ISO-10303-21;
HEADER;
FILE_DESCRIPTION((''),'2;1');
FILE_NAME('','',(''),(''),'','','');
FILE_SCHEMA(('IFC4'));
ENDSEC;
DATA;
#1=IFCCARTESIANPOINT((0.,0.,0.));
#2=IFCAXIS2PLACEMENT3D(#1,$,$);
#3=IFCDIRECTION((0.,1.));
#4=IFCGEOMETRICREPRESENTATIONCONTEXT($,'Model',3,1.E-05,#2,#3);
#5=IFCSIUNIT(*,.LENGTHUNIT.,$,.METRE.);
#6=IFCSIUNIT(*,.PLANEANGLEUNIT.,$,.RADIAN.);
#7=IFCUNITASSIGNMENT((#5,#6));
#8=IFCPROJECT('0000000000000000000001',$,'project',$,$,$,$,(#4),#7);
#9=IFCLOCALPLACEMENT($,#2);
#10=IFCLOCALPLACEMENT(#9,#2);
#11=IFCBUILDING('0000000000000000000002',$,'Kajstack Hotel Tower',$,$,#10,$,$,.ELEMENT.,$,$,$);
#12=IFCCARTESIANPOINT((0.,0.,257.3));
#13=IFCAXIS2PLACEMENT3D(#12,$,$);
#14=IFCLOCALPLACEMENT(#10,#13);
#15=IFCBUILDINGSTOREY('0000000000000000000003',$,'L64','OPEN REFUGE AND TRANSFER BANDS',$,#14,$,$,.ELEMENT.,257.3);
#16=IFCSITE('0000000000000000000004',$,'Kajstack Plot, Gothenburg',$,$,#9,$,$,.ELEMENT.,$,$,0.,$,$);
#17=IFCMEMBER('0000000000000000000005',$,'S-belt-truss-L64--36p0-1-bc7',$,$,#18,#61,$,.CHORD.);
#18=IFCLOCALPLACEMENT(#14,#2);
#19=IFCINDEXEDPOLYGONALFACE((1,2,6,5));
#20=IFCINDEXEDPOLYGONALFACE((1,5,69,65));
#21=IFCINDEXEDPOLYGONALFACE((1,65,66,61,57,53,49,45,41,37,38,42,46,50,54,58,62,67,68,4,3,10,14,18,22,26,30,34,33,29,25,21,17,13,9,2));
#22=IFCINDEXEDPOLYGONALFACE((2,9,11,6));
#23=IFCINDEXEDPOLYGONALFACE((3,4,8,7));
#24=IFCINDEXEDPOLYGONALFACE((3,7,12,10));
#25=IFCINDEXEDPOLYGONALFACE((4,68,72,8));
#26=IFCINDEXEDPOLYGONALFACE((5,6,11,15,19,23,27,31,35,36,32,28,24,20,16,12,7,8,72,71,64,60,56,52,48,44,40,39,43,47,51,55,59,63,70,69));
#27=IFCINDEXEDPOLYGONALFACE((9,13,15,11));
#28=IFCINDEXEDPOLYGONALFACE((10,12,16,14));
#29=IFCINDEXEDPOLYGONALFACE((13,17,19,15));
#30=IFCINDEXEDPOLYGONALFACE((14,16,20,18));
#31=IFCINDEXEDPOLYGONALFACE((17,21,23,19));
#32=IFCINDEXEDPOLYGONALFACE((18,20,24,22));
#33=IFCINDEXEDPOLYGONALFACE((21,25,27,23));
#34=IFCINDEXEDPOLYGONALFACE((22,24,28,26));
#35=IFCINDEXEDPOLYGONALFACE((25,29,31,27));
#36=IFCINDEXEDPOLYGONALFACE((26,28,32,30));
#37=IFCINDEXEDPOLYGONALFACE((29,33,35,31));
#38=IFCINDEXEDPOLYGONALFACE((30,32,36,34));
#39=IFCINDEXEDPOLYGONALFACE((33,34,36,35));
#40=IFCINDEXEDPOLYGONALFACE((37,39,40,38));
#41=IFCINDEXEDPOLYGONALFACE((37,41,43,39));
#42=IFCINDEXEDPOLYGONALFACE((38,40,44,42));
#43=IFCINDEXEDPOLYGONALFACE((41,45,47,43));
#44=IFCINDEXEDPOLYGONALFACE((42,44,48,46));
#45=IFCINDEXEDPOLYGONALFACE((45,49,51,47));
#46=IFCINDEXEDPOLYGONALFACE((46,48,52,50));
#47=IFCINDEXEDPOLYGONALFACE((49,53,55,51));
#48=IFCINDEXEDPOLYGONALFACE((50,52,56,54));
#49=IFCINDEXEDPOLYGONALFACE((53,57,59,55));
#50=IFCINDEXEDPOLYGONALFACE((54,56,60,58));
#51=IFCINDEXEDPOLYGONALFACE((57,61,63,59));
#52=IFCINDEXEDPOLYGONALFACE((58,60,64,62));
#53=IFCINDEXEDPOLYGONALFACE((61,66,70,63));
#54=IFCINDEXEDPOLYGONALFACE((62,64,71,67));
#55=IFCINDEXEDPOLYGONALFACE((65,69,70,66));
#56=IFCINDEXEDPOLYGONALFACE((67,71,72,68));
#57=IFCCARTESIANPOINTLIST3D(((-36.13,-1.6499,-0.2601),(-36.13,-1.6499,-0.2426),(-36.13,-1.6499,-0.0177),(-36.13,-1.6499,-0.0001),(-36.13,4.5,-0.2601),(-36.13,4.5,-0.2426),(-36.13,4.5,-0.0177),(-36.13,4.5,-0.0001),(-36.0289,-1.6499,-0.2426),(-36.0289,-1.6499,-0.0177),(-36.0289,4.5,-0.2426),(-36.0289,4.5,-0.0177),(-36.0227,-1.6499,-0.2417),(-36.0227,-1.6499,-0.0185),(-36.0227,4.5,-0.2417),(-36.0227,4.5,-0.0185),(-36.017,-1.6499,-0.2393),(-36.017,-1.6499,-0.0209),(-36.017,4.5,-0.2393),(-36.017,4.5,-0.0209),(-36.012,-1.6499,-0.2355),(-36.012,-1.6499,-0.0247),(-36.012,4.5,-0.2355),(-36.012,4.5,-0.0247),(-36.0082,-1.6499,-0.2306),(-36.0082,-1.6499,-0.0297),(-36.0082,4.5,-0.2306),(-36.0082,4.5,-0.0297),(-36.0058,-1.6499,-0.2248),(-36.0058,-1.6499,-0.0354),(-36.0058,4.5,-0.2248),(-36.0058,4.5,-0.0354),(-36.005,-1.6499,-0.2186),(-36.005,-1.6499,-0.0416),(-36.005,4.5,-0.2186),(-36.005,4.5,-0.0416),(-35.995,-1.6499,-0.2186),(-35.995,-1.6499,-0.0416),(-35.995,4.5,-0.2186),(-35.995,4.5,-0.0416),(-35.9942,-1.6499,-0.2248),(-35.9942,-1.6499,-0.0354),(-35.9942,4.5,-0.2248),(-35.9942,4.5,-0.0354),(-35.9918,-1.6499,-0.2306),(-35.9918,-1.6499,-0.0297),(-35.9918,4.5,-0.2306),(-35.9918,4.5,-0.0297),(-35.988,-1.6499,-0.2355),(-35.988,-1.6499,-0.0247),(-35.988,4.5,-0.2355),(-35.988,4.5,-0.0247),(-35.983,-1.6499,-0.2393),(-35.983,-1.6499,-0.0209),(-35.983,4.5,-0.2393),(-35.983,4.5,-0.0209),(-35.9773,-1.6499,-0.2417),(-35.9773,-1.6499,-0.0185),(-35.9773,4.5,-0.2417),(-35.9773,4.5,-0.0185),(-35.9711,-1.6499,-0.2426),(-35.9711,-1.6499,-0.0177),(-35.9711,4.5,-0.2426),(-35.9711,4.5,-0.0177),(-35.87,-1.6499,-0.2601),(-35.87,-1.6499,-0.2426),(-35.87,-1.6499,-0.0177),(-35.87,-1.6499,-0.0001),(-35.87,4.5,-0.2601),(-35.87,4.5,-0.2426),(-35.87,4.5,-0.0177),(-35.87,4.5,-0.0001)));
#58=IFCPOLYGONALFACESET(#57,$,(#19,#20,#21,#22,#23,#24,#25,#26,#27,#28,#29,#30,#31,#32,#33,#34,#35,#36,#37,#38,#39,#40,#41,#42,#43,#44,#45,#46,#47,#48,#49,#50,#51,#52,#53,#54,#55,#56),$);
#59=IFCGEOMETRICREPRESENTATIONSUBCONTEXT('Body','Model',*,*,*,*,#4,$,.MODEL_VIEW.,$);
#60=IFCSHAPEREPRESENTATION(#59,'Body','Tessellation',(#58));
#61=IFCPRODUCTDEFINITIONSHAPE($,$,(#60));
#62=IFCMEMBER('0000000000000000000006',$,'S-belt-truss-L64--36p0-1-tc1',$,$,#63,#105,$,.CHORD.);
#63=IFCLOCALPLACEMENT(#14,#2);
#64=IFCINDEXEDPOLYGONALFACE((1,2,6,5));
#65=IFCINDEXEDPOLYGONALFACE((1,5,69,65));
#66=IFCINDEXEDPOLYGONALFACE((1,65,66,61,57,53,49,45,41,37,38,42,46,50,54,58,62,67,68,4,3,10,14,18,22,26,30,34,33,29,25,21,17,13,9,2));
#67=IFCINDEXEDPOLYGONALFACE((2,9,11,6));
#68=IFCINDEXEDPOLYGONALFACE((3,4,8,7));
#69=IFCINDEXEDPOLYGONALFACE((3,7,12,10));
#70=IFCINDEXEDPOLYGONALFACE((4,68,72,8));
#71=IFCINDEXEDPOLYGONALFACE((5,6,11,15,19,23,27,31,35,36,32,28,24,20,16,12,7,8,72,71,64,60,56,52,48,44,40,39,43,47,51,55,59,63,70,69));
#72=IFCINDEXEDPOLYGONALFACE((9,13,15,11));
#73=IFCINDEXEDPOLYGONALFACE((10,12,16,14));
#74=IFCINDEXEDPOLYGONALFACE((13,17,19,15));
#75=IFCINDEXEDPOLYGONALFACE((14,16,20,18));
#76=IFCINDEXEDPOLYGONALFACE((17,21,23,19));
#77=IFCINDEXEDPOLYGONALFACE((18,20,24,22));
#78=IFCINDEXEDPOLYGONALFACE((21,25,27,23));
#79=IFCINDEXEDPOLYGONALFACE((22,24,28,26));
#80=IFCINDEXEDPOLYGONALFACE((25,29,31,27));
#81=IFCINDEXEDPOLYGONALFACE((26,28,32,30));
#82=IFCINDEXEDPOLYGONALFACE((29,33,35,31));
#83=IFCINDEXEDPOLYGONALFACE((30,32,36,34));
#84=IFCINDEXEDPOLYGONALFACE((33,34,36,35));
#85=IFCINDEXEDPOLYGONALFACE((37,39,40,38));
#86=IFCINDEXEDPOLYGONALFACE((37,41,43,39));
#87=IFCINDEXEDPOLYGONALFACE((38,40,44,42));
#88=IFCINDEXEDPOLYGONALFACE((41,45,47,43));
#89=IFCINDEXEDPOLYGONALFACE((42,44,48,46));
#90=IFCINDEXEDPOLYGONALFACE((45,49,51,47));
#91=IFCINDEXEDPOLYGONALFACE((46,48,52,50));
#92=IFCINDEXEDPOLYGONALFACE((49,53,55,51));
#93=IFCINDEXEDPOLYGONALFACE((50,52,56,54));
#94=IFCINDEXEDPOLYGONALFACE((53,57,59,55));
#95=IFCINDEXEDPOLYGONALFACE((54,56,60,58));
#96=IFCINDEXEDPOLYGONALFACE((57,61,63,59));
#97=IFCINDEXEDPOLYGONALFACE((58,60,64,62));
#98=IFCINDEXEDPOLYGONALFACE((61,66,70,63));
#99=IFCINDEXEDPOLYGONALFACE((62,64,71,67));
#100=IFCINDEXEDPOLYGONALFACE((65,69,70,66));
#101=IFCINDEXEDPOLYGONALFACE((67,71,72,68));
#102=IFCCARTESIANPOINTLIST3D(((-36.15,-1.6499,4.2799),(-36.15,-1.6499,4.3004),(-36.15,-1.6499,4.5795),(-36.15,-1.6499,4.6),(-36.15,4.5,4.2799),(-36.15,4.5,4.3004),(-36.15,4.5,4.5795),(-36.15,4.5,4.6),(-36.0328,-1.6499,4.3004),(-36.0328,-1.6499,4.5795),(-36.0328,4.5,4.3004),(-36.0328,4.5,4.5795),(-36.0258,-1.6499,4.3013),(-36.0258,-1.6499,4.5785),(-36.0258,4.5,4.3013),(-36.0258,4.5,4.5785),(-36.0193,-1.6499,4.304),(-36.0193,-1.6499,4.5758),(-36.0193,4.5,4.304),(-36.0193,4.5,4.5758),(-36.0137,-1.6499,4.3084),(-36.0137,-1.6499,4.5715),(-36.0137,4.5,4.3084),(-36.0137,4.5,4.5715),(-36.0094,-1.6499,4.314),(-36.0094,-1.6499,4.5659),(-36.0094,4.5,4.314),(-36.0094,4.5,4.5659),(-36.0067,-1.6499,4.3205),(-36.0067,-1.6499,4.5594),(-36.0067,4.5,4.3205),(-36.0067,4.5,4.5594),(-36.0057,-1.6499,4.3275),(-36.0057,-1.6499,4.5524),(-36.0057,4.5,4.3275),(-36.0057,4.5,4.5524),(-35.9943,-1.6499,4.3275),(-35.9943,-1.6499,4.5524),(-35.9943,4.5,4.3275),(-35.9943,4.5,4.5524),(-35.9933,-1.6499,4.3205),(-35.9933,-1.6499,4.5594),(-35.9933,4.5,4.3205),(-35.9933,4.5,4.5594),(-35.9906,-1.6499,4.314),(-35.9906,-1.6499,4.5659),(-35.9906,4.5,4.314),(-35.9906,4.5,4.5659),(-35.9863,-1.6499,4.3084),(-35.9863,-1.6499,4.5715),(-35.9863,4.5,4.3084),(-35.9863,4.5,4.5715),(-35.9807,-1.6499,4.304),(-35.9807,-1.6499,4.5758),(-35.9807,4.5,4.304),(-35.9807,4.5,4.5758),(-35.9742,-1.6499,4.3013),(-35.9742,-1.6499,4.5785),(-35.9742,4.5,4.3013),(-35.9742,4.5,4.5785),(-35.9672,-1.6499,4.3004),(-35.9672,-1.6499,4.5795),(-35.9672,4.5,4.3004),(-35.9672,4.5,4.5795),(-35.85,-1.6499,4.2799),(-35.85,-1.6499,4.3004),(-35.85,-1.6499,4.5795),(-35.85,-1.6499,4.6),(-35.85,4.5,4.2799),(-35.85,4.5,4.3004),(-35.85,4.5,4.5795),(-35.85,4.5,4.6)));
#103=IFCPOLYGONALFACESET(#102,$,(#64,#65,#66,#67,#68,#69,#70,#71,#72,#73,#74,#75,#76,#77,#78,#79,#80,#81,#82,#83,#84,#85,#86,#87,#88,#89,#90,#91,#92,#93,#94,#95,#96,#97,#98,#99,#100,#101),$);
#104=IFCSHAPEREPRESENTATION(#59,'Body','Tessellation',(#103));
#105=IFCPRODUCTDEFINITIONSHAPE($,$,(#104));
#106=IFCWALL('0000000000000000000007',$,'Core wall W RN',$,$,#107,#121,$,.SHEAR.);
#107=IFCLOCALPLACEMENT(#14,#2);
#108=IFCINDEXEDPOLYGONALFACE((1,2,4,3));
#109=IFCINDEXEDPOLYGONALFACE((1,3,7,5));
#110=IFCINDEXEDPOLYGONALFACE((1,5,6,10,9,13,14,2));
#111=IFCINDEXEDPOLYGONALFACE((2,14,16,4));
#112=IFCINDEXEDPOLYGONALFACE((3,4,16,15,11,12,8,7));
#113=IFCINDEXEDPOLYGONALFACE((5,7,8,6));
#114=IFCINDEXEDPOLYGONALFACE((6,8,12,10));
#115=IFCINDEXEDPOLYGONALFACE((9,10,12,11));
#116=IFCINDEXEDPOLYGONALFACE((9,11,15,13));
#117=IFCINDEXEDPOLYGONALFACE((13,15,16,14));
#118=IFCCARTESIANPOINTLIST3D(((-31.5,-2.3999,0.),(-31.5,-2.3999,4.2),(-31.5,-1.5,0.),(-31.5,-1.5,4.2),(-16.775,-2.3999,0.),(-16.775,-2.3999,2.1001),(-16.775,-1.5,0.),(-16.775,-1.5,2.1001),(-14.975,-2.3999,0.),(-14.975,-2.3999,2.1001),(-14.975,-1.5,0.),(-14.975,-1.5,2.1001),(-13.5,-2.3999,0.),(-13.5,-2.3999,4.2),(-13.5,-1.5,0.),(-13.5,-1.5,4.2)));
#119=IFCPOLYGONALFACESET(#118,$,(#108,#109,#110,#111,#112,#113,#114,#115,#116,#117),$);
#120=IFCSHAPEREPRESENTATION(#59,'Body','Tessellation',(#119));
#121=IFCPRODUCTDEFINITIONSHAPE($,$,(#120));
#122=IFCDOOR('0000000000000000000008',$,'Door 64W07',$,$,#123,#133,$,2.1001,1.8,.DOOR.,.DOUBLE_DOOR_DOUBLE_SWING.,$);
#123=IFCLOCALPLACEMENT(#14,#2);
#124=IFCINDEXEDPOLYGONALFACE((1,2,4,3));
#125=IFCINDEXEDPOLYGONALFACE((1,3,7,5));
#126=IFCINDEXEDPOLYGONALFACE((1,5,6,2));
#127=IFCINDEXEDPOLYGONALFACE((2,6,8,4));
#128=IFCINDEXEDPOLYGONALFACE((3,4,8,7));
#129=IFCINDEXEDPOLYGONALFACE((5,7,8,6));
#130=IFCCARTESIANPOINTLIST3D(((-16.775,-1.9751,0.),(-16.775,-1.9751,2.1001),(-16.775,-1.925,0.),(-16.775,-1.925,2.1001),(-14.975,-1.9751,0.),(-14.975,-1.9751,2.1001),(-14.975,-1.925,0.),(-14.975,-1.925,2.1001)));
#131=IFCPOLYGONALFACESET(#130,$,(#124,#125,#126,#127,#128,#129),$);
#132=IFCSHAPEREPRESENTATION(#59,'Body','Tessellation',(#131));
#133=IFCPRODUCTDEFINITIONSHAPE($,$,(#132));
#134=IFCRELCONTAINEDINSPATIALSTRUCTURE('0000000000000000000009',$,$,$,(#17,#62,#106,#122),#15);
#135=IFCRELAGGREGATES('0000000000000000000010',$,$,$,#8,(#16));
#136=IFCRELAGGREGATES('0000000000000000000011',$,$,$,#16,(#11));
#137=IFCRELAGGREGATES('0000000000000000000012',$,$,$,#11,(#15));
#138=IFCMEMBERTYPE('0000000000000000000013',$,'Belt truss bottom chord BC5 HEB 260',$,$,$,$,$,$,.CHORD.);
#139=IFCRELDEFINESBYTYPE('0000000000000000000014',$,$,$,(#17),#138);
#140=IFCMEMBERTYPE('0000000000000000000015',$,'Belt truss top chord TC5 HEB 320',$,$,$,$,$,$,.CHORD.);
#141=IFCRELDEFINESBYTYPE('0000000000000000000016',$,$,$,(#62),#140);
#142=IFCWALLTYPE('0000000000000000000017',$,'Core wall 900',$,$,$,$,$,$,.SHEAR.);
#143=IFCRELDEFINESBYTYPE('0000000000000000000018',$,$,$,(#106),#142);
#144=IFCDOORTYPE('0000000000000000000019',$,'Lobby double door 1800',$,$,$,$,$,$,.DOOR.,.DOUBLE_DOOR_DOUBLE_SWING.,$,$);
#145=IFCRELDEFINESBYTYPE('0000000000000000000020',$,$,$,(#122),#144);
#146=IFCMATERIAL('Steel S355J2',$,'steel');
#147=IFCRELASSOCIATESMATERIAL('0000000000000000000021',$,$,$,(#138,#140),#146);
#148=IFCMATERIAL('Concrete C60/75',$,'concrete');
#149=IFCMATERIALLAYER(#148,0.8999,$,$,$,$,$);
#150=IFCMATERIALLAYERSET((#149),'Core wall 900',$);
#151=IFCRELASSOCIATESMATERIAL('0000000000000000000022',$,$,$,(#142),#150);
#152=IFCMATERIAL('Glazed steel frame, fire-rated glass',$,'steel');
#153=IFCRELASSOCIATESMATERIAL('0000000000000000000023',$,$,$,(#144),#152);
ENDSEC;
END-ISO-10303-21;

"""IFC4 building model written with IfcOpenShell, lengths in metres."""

from ifc_helpers import new_model, si_unit, direction, frame, frame_2d, origin, origin_2d, place, context, subcontext, project, spatial, rectangle, i_section, extrude, material, layer, layer_set, material_profile, profile_set, type_object, element, fill, save


model = new_model("IFC4")

# Units and contexts
model_context = context("Model", 3, precision=1e-05, world=origin(), true_north=direction((0.0, 1.0)))
body_context = subcontext(model_context, "Body", "Model", "MODEL_VIEW")
ifc_project = project(units=[si_unit("LENGTHUNIT", "METRE"), si_unit("PLANEANGLEUNIT", "RADIAN")], contexts=[model_context])

# Site, building, storey
site_placement = place(None, origin())
site = spatial("IfcSite", under=ifc_project, at=site_placement, Name="Kajstack Plot, Gothenburg", CompositionType="ELEMENT", RefElevation=0.0)
building_placement = place(site_placement, origin())
building = spatial("IfcBuilding", under=site, at=building_placement, Name="Kajstack Hotel Tower", CompositionType="ELEMENT")
storey_placement = place(building_placement, frame((0.0, 0.0, 257.3)))
storey = spatial("IfcBuildingStorey", under=building, at=storey_placement, Name="L64", Description="OPEN REFUGE AND TRANSFER BANDS", CompositionType="ELEMENT", Elevation=257.3)

# Members
ifc_material_1 = material(Name="Steel S355J2", Category="steel")
ifc_material_profile_1 = material_profile(ifc_material_1, i_section(OverallWidth=0.26, OverallDepth=0.26, WebThickness=0.01, FlangeThickness=0.0176, FilletRadius=0.0239, at=origin_2d()), Name="HEB 260")
ifc_profile_set_1 = profile_set([ifc_material_profile_1], Name="Steel S355J2")
member_type_1 = type_object("IfcMemberType", Name="Belt truss bottom chord BC5 HEB 260", PredefinedType="CHORD", material=ifc_profile_set_1)
member_1_placement = place(storey_placement, frame((-36.0, -1.6499, -0.1301), z_axis=(0.0, 1.0, 0.0), x_axis=(-1.0, 0.0, 0.0)))
element("IfcMember", 1, at=member_1_placement, inside=storey, type_object=member_type_1, Name="S-belt-truss-L64--36p0-1-bc7", PredefinedType="CHORD", context=body_context, shape_type="SweptSolid", body=[
    extrude(i_section(OverallWidth=0.26, OverallDepth=0.26, WebThickness=0.01, FlangeThickness=0.0176, FilletRadius=0.0239, at=origin_2d()), origin(), (0.0, 0.0, 1.0), 6.1499),
])
ifc_material_profile_2 = material_profile(ifc_material_1, i_section(OverallWidth=0.3, OverallDepth=0.3201, WebThickness=0.0115, FlangeThickness=0.0205, FilletRadius=0.0271, at=origin_2d()), Name="HEB 320")
ifc_profile_set_2 = profile_set([ifc_material_profile_2], Name="Steel S355J2")
member_type_2 = type_object("IfcMemberType", Name="Belt truss top chord TC5 HEB 320", PredefinedType="CHORD", material=ifc_profile_set_2)
member_2_placement = place(storey_placement, frame((-36.0, -1.6499, 4.4399), z_axis=(0.0, 1.0, 0.0), x_axis=(-1.0, 0.0, 0.0)))
element("IfcMember", 2, at=member_2_placement, inside=storey, type_object=member_type_2, Name="S-belt-truss-L64--36p0-1-tc1", PredefinedType="CHORD", context=body_context, shape_type="SweptSolid", body=[
    extrude(i_section(OverallWidth=0.3, OverallDepth=0.3201, WebThickness=0.0115, FlangeThickness=0.0205, FilletRadius=0.0271, at=origin_2d()), origin(), (0.0, 0.0, 1.0), 6.1499),
])

# Wall, opening, door
ifc_material_2 = material(Name="Concrete C60/75", Category="concrete")
ifc_layer_1 = layer(ifc_material_2, 0.8999)
ifc_layer_set_1 = layer_set([ifc_layer_1], Name="Core wall 900")
wall_type_1 = type_object("IfcWallType", Name="Core wall 900", PredefinedType="SHEAR", material=ifc_layer_set_1)
wall_1_placement = place(storey_placement, frame((-31.5, -1.95, 0.0), z_axis=(0.0, 0.0, 1.0), x_axis=(1.0, 0.0, 0.0)))
wall_1 = element("IfcWall", 3, at=wall_1_placement, inside=storey, type_object=wall_type_1, Name="Core wall W RN", PredefinedType="SHEAR", context=body_context, shape_type="SweptSolid", body=[
    extrude(rectangle(XDim=18.0, YDim=0.8999, at=frame_2d((9.0, 0.0))), origin(), (0.0, 0.0, 1.0), 4.2),
])
opening_1_placement = place(wall_1_placement, frame((14.7251, 0.0, 0.0)))
opening_1 = element("IfcOpeningElement", 4, at=opening_1_placement, cuts=wall_1, PredefinedType="OPENING", context=body_context, shape_type="SweptSolid", body=[
    extrude(rectangle(XDim=1.8, YDim=2.1001, at=frame_2d((0.8999, 1.05))), frame((0.0, 0.46, 0.0), z_axis=(0.0, -1.0, 0.0), x_axis=(1.0, 0.0, 0.0)), (0.0, 0.0, 1.0), 0.9199),
])
ifc_material_3 = material(Name="Glazed steel frame, fire-rated glass", Category="steel")
door_type_1 = type_object("IfcDoorType", Name="Lobby double door 1800", OperationType="DOUBLE_DOOR_DOUBLE_SWING", PredefinedType="DOOR", material=ifc_material_3)
door_1_placement = place(opening_1_placement, origin())
door_1 = element("IfcDoor", 5, at=door_1_placement, inside=storey, type_object=door_type_1, Name="Door 64W07", OperationType="DOUBLE_DOOR_DOUBLE_SWING", OverallHeight=2.1001, OverallWidth=1.8, PredefinedType="DOOR", context=body_context, shape_type="SweptSolid", body=[
    extrude(rectangle(XDim=1.8, YDim=2.1001, at=frame_2d((0.8999, 1.05))), frame((0.0, 0.0249, 0.0), z_axis=(0.0, -1.0, 0.0), x_axis=(1.0, 0.0, 0.0)), (0.0, 0.0, 1.0), 0.05),
])
fill(opening_1, door_1)

save(model, "model.ifc")
